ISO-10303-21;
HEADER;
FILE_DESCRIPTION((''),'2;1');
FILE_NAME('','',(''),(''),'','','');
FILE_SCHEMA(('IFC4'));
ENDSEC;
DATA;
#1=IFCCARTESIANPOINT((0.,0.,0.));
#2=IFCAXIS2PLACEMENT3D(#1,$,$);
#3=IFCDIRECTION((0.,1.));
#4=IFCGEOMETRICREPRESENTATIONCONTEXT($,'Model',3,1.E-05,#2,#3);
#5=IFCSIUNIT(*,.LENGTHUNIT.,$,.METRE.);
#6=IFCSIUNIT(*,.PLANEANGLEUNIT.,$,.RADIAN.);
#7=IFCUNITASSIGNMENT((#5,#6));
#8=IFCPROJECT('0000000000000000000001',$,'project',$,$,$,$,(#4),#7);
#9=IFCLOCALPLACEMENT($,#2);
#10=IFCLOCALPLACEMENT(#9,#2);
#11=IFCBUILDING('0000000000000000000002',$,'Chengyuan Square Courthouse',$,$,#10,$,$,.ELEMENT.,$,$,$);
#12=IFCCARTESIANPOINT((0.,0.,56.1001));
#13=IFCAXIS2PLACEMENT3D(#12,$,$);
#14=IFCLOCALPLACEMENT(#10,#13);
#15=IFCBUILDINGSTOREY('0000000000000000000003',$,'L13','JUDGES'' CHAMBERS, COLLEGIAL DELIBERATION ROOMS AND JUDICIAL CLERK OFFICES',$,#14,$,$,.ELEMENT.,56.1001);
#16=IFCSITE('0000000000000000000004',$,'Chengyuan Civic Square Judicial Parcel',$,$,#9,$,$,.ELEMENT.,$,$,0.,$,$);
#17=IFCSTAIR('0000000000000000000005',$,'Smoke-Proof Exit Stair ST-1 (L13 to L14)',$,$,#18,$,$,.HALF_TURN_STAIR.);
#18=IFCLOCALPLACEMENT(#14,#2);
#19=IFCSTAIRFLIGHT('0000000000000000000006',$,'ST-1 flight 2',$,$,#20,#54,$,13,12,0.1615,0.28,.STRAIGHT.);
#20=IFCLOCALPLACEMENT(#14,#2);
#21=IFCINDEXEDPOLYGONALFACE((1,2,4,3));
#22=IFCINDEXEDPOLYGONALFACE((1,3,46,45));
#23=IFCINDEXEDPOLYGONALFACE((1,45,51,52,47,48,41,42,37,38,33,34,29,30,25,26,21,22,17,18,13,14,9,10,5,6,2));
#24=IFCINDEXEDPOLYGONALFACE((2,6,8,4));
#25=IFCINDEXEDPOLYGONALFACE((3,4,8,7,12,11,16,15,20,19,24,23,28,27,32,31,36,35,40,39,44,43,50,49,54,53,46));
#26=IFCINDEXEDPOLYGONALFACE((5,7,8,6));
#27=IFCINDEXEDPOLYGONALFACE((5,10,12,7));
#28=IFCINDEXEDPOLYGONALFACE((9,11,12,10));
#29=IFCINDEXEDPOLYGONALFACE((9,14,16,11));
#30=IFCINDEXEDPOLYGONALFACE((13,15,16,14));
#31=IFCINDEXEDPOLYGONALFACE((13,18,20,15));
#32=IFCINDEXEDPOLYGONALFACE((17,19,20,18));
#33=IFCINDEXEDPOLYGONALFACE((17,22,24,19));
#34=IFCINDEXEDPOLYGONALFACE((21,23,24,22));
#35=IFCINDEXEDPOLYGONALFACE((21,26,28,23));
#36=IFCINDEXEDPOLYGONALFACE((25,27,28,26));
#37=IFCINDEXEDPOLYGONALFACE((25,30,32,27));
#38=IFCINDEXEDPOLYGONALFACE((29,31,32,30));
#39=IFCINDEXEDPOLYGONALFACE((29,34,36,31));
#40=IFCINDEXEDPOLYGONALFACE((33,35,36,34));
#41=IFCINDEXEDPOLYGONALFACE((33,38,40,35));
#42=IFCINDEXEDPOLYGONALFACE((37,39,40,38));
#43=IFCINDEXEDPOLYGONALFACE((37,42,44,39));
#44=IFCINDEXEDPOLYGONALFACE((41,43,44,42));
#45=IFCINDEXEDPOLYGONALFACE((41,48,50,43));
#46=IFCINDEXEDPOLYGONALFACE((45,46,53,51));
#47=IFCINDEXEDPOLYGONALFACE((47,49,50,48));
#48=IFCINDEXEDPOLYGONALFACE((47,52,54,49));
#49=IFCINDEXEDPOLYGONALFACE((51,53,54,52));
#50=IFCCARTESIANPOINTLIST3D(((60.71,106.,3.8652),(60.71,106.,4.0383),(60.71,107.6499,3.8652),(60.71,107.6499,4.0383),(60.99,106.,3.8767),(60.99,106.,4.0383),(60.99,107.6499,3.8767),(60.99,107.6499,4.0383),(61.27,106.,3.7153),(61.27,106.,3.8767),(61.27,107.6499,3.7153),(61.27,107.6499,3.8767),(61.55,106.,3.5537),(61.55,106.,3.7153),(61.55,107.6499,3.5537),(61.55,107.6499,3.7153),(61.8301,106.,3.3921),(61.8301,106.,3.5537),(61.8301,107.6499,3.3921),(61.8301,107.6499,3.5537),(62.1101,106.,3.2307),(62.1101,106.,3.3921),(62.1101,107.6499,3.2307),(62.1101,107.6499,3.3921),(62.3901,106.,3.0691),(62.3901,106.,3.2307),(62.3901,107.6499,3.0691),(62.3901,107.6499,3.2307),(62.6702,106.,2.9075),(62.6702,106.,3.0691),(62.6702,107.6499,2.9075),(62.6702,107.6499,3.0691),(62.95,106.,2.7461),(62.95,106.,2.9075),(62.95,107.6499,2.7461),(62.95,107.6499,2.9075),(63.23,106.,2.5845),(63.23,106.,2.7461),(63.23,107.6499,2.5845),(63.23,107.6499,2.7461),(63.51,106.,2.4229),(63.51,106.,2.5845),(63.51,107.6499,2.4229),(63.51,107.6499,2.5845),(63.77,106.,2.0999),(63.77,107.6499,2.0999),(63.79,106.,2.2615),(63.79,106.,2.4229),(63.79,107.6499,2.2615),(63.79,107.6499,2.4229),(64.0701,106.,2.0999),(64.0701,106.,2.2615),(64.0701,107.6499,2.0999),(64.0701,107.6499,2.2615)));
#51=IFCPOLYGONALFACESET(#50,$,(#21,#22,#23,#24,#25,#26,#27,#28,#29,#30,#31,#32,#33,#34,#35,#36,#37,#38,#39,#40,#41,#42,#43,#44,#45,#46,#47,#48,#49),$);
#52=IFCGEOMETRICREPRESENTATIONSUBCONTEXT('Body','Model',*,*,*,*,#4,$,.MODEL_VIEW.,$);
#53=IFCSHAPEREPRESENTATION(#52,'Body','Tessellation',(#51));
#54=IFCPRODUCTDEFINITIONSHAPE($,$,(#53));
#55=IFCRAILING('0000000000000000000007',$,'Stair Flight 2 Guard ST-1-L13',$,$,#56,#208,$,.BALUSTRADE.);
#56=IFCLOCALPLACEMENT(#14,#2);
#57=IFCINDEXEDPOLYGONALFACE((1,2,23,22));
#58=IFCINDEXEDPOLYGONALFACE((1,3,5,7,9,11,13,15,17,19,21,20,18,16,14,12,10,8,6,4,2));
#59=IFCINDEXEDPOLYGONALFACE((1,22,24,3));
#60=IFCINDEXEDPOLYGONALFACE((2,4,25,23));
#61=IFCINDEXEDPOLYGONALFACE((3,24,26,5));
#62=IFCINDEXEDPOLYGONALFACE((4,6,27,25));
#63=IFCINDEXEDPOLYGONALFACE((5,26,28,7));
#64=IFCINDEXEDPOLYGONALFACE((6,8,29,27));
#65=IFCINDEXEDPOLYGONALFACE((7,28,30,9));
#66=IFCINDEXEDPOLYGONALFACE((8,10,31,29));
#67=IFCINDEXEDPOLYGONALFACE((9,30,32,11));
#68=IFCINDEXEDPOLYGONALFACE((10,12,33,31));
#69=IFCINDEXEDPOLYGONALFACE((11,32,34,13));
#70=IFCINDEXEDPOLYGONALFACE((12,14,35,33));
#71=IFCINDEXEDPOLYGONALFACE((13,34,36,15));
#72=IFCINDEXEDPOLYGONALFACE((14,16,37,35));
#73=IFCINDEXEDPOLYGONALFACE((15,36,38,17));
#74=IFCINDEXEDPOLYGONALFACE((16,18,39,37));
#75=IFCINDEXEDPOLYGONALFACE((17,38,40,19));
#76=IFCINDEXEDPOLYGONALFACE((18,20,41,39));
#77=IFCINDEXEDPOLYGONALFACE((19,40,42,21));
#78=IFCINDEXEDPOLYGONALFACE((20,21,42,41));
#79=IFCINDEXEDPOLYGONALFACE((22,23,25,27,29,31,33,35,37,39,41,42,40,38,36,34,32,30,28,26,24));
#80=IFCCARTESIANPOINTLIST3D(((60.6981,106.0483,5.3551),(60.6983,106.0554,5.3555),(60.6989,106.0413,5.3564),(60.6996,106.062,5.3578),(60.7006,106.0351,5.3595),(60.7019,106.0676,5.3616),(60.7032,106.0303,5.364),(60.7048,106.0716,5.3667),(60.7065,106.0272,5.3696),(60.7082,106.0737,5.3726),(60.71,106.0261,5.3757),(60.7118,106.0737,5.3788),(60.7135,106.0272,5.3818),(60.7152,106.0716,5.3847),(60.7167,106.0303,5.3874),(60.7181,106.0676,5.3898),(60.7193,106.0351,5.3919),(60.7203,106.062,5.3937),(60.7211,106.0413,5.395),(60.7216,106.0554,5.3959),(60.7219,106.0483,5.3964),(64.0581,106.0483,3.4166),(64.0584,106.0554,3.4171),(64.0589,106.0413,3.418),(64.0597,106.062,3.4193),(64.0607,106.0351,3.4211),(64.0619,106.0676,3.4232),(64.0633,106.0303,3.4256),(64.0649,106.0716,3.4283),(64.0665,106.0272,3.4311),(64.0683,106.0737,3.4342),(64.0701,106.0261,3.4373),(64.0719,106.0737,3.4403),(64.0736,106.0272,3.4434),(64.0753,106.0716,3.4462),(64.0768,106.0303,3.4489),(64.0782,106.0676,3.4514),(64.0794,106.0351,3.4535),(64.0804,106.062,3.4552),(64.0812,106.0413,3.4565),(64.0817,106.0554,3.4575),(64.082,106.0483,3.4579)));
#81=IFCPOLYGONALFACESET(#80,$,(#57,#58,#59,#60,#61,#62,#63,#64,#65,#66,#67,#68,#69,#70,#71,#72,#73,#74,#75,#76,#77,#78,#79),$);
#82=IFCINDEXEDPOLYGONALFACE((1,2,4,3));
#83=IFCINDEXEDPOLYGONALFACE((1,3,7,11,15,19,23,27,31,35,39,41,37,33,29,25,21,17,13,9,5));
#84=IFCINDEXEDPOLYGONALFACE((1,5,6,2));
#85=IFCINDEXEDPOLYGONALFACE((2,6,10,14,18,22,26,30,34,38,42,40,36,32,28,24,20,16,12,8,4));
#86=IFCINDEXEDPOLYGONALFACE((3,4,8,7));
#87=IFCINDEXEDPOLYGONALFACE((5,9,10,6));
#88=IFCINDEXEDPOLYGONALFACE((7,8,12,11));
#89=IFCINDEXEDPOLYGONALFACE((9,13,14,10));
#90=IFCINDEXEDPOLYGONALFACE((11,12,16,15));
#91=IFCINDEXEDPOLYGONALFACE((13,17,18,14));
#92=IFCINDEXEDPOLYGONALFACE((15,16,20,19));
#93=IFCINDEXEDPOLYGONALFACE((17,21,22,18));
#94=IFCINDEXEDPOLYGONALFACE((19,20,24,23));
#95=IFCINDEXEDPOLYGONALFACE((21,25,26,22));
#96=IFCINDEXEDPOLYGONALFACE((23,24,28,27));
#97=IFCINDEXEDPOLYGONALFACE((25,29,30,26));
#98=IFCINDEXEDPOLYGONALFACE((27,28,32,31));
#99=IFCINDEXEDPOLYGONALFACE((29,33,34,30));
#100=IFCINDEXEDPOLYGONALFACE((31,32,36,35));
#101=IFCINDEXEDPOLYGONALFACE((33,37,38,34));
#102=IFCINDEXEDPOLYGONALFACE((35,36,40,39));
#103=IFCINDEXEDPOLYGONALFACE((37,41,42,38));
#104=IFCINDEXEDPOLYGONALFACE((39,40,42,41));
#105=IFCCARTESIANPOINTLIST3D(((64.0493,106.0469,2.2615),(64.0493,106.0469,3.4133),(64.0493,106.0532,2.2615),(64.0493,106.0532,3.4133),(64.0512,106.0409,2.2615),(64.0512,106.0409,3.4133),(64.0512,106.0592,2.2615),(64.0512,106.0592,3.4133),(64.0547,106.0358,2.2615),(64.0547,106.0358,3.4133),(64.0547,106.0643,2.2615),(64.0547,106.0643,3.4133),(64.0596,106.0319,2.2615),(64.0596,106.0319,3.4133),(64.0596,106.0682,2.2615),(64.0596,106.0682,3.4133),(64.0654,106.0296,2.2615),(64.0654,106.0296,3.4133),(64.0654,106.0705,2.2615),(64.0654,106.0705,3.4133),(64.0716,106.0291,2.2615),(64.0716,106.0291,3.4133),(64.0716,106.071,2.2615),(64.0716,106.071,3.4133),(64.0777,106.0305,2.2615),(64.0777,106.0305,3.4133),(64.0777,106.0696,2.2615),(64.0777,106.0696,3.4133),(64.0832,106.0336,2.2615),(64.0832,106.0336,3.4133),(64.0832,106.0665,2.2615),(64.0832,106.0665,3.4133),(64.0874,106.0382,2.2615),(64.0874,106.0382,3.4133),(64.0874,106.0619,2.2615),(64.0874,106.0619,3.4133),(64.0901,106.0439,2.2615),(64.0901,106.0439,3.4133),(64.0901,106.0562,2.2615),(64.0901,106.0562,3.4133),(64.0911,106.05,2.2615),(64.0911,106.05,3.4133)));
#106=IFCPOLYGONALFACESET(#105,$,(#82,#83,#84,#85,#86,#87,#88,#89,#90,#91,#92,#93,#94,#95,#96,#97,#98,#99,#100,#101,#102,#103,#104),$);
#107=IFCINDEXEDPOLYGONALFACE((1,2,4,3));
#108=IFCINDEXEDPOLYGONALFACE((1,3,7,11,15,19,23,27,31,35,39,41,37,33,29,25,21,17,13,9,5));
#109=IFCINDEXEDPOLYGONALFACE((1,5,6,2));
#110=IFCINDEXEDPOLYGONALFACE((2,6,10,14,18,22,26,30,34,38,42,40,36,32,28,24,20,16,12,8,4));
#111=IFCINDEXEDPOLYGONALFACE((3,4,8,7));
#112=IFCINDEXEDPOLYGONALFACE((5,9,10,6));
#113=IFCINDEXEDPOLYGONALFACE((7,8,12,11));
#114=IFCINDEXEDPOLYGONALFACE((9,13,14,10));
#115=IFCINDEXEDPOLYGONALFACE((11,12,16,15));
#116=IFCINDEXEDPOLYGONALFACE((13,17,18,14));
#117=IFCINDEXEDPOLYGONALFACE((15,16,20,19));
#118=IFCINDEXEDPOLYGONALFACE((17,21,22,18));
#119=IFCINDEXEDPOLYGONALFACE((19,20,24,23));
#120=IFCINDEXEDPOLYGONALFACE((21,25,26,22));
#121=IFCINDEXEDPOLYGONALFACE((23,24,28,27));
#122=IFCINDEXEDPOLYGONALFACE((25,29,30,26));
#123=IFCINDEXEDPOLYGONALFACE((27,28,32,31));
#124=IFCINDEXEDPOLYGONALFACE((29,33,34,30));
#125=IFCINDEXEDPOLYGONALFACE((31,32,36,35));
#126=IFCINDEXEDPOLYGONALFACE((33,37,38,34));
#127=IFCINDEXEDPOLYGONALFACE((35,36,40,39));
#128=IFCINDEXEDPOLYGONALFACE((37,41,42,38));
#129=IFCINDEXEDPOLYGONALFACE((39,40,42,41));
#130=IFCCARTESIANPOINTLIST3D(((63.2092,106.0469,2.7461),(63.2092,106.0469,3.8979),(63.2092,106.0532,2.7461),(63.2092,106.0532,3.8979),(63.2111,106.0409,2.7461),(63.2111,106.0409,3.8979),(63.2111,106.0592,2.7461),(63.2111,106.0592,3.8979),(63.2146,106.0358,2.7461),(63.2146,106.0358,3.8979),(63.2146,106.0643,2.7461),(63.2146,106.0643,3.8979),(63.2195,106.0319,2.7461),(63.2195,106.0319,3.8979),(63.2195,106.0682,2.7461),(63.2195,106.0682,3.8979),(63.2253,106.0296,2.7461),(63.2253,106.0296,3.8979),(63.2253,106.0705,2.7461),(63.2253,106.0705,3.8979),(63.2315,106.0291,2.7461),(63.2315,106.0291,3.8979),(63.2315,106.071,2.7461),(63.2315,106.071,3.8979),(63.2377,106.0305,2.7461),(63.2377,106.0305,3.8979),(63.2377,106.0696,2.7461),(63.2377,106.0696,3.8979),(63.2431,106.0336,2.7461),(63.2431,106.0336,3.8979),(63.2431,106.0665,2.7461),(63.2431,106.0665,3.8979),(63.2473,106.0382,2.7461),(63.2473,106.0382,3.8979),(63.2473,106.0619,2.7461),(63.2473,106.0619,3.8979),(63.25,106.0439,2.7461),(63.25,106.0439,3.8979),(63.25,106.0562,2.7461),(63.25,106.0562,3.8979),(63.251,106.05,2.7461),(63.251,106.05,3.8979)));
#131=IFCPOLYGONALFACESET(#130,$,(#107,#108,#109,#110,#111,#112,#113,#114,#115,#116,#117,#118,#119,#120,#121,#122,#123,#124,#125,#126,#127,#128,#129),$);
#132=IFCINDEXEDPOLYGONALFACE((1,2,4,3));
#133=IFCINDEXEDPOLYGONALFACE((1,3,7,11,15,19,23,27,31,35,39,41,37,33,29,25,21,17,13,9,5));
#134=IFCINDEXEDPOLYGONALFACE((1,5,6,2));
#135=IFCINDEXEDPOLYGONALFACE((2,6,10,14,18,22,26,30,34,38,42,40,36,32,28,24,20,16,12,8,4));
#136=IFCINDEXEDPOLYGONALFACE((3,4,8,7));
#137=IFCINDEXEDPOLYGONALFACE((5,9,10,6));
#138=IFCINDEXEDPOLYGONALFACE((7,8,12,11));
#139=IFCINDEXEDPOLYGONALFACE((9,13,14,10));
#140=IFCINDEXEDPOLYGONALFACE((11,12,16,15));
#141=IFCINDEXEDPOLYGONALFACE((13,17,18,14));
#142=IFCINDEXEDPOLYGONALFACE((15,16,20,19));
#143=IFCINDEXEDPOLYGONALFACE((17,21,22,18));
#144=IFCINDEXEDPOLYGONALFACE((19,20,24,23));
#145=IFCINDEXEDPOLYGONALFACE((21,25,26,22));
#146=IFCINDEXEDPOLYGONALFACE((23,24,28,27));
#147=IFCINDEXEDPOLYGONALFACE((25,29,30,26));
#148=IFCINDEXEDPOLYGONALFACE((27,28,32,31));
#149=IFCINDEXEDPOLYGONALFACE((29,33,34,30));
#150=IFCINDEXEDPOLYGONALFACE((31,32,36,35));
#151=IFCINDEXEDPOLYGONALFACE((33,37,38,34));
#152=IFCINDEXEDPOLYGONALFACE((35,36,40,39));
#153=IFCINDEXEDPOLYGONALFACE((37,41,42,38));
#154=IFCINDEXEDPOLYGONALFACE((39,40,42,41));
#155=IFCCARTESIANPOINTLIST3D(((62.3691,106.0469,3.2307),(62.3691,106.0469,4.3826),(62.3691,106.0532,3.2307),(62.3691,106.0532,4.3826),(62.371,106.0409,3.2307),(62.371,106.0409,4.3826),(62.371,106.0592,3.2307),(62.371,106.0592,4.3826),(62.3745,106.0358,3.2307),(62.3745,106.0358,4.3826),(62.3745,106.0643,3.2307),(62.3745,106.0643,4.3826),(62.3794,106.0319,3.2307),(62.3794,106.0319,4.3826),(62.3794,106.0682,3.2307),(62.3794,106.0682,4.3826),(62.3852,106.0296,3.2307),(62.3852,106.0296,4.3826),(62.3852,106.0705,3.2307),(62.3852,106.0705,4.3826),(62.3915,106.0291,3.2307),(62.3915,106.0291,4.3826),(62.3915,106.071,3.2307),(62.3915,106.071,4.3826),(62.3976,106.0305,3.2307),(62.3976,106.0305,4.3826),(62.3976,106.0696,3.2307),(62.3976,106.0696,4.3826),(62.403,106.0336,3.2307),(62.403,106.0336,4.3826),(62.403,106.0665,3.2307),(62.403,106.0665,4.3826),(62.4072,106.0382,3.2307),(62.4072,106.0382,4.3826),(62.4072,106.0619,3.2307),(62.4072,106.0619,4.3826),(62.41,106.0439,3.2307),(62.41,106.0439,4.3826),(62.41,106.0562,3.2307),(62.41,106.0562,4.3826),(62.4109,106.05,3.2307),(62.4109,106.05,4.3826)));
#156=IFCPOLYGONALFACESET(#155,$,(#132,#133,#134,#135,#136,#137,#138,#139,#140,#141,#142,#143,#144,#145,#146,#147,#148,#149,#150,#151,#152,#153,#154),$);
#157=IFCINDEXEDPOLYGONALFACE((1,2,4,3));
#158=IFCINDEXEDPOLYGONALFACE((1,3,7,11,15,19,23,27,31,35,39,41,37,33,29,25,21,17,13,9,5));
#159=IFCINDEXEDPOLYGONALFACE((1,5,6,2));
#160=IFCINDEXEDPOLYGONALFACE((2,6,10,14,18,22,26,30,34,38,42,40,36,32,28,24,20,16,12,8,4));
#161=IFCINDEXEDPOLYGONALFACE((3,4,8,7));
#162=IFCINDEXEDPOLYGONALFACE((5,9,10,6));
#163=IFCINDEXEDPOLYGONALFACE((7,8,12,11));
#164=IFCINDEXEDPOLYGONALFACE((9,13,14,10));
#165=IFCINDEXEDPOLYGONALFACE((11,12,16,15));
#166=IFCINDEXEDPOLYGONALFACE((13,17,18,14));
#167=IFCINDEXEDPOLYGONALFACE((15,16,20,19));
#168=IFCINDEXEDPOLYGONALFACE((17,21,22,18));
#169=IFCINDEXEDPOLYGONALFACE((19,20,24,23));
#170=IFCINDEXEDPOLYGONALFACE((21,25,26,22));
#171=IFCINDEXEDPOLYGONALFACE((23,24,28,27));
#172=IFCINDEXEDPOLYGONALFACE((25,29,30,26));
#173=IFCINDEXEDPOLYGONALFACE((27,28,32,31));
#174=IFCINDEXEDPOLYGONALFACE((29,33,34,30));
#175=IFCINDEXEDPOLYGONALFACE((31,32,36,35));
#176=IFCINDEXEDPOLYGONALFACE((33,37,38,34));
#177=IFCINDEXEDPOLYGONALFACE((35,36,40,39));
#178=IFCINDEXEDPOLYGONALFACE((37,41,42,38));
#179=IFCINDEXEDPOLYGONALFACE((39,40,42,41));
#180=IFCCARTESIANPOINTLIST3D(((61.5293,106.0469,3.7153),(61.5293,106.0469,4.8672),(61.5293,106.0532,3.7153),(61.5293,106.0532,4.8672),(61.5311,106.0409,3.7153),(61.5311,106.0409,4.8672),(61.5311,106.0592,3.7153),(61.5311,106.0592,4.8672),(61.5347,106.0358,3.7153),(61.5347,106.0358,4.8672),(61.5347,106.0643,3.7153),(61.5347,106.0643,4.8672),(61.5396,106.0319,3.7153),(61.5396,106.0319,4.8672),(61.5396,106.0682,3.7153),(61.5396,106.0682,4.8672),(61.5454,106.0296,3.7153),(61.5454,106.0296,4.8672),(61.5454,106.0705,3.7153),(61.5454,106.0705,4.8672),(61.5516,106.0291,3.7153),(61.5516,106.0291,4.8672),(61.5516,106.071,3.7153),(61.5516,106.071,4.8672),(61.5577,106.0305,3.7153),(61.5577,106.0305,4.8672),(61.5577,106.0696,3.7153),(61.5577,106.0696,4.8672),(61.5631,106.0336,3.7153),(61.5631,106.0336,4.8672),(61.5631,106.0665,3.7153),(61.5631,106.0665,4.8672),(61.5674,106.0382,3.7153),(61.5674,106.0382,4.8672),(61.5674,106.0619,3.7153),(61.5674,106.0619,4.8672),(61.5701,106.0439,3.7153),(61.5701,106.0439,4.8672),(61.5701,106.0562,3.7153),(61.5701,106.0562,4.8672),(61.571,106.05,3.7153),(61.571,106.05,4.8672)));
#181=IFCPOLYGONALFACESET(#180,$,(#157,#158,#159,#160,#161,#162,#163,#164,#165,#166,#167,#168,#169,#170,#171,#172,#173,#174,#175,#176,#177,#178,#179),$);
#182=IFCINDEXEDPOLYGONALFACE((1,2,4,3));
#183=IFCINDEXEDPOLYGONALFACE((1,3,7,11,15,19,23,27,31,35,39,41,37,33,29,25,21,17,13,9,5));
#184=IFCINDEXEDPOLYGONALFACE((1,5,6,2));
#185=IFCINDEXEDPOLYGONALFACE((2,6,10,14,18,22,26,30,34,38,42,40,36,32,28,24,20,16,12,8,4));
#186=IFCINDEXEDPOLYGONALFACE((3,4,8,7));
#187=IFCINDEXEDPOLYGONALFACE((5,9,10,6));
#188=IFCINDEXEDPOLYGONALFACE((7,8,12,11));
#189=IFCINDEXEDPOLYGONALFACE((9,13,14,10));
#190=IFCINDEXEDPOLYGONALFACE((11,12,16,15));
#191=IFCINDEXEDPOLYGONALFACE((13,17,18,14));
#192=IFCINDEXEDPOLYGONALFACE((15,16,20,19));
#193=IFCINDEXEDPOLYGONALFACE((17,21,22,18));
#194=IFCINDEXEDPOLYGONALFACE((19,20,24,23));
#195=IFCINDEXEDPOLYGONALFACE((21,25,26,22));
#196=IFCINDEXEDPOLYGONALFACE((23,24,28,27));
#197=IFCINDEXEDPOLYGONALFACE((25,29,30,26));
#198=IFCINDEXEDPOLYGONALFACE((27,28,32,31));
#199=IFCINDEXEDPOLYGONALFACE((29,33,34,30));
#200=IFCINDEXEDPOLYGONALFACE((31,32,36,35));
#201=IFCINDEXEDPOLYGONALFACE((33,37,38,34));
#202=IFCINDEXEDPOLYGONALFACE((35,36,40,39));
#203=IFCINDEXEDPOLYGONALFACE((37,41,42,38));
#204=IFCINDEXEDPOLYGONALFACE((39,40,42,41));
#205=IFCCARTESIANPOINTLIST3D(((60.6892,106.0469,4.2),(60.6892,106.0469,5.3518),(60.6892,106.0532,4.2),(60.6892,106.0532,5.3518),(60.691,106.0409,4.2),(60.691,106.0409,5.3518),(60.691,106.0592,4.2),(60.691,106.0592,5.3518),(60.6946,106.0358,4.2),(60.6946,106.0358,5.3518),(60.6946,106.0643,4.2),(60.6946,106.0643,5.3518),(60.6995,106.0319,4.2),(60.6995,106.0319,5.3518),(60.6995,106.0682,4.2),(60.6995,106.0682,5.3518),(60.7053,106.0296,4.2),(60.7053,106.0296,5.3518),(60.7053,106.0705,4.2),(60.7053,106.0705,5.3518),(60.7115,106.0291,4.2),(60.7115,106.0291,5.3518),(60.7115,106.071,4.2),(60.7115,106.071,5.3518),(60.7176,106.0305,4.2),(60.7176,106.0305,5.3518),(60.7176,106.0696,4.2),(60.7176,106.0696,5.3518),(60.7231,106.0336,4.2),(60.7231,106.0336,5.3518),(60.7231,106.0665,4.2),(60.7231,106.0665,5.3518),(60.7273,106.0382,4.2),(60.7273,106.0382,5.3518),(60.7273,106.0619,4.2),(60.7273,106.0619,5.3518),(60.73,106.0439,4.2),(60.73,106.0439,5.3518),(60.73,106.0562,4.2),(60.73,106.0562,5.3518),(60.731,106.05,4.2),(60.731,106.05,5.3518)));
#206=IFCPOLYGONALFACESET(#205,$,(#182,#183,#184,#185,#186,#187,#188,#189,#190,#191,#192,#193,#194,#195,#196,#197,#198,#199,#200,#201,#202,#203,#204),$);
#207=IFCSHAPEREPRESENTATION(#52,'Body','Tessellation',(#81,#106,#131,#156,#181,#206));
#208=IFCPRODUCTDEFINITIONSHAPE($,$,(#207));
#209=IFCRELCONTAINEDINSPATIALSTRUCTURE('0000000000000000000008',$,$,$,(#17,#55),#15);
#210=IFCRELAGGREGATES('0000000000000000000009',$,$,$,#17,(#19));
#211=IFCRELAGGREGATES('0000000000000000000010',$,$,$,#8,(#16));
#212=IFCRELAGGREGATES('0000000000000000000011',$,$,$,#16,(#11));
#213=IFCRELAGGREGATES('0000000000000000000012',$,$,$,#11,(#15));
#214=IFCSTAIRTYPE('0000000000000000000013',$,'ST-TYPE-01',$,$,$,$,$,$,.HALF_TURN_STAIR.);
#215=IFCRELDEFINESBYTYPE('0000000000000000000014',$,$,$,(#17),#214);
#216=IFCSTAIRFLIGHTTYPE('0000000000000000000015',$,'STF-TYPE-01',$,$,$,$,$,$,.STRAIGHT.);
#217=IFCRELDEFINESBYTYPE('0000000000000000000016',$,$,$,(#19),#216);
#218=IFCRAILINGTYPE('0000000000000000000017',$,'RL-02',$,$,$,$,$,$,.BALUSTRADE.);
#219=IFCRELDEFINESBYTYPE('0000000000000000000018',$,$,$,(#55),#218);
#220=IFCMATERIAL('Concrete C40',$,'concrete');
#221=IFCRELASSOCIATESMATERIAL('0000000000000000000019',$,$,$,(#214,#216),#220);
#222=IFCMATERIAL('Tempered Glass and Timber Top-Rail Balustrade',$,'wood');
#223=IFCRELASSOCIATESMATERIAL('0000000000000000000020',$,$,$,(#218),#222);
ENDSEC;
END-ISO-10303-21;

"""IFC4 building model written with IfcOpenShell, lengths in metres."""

from ifc_helpers import new_model, si_unit, direction, frame, origin, origin_2d, place, context, subcontext, project, spatial, polyline, circle, outline, extrude, material, type_object, element, aggregate, save


model = new_model("IFC4")

# Units and contexts
model_context = context("Model", 3, precision=1e-05, world=origin(), true_north=direction((0.0, 1.0)))
body_context = subcontext(model_context, "Body", "Model", "MODEL_VIEW")
ifc_project = project(units=[si_unit("LENGTHUNIT", "METRE"), si_unit("PLANEANGLEUNIT", "RADIAN")], contexts=[model_context])

# Site, building, storey
site_placement = place(None, origin())
site = spatial("IfcSite", under=ifc_project, at=site_placement, Name="Chengyuan Civic Square Judicial Parcel", CompositionType="ELEMENT", RefElevation=0.0)
building_placement = place(site_placement, origin())
building = spatial("IfcBuilding", under=site, at=building_placement, Name="Chengyuan Square Courthouse", CompositionType="ELEMENT")
storey_placement = place(building_placement, frame((0.0, 0.0, 56.1001)))
storey = spatial("IfcBuildingStorey", under=building, at=storey_placement, Name="L13", Description="JUDGES' CHAMBERS, COLLEGIAL DELIBERATION ROOMS AND JUDICIAL CLERK OFFICES", CompositionType="ELEMENT", Elevation=56.1001)

# Shared definitions
ifc_material_1 = material(Name="Concrete C40", Category="concrete")

# Stair, stair flight
stair_type = type_object("IfcStairType", Name="ST-TYPE-01", PredefinedType="HALF_TURN_STAIR", material=ifc_material_1)
stair_placement = place(storey_placement, origin())
stair = element("IfcStair", 1, at=stair_placement, inside=storey, type_object=stair_type, Name="Smoke-Proof Exit Stair ST-1 (L13 to L14)", PredefinedType="HALF_TURN_STAIR")
stair_flight_type = type_object("IfcStairFlightType", Name="STF-TYPE-01", PredefinedType="STRAIGHT", material=ifc_material_1)
stair_flight_placement = place(storey_placement, frame((64.0701, 106.825, 2.0999), z_axis=(0.0, 0.0, 1.0), x_axis=(-1.0, 0.0, 0.0)))
stair_flight = element("IfcStairFlight", 2, at=stair_flight_placement, type_object=stair_flight_type, Name="ST-1 flight 2", NumberOfRisers=13, NumberOfTreads=12, PredefinedType="STRAIGHT", RiserHeight=0.1615, TreadLength=0.28, context=body_context, shape_type="SweptSolid", body=[
    extrude(outline(polyline([(0.0, 0.0), (0.0, 0.1616), (0.28, 0.1616), (0.28, 0.323), (0.5601, 0.323), (0.5601, 0.4846), (0.8401, 0.4846), (0.8401, 0.6462), (1.1201, 0.6462), (1.1201, 0.8076), (1.3999, 0.8076), (1.3999, 0.9692), (1.6799, 0.9692), (1.6799, 1.1309), (1.96, 1.1309), (1.96, 1.2922), (2.24, 1.2922), (2.24, 1.4539), (2.52, 1.4539), (2.52, 1.6155), (2.8, 1.6155), (2.8, 1.7769), (3.0801, 1.7769), (3.0801, 1.9385), (3.3601, 1.9385), (3.3601, 2.1001), (3.3601, 1.7654), (0.3, 0.0), (0.0, 0.0)])), frame((0.0, 0.825, 0.0), z_axis=(0.0, -1.0, 0.0), x_axis=(1.0, 0.0, 0.0)), (0.0, 0.0, 1.0), 1.6499),
])
aggregate(stair, [stair_flight])

# Railing
ifc_material_2 = material(Name="Tempered Glass and Timber Top-Rail Balustrade", Category="wood")
railing_type_1 = type_object("IfcRailingType", Name="RL-02", PredefinedType="BALUSTRADE", material=ifc_material_2)
railing_placement = place(storey_placement, frame((64.0701, 106.05, 2.2615)))
element("IfcRailing", 3, at=railing_placement, inside=storey, type_object=railing_type_1, Name="Stair Flight 2 Guard ST-1-L13", PredefinedType="BALUSTRADE", context=body_context, shape_type="SweptSolid", body=[
    extrude(circle(Radius=0.0239, at=origin_2d()), frame((0.0, 0.0, 1.1758), z_axis=(-0.866191, 0.0, 0.499713), x_axis=(0.0, -1.0, 0.0)), (0.0, 0.0, 1.0), 3.8792),
    extrude(circle(Radius=0.021, at=origin_2d()), origin(), (0.0, 0.0, 1.0), 1.1519),
    extrude(circle(Radius=0.021, at=origin_2d()), frame((-0.8401, 0.0, 0.4846)), (0.0, 0.0, 1.0), 1.1519),
    extrude(circle(Radius=0.021, at=origin_2d()), frame((-1.6802, 0.0, 0.9692)), (0.0, 0.0, 1.0), 1.1519),
    extrude(circle(Radius=0.021, at=origin_2d()), frame((-2.52, 0.0, 1.4539)), (0.0, 0.0, 1.0), 1.1519),
    extrude(circle(Radius=0.021, at=origin_2d()), frame((-3.3601, 0.0, 1.9385)), (0.0, 0.0, 1.0), 1.1519),
])

save(model, "model.ifc")
